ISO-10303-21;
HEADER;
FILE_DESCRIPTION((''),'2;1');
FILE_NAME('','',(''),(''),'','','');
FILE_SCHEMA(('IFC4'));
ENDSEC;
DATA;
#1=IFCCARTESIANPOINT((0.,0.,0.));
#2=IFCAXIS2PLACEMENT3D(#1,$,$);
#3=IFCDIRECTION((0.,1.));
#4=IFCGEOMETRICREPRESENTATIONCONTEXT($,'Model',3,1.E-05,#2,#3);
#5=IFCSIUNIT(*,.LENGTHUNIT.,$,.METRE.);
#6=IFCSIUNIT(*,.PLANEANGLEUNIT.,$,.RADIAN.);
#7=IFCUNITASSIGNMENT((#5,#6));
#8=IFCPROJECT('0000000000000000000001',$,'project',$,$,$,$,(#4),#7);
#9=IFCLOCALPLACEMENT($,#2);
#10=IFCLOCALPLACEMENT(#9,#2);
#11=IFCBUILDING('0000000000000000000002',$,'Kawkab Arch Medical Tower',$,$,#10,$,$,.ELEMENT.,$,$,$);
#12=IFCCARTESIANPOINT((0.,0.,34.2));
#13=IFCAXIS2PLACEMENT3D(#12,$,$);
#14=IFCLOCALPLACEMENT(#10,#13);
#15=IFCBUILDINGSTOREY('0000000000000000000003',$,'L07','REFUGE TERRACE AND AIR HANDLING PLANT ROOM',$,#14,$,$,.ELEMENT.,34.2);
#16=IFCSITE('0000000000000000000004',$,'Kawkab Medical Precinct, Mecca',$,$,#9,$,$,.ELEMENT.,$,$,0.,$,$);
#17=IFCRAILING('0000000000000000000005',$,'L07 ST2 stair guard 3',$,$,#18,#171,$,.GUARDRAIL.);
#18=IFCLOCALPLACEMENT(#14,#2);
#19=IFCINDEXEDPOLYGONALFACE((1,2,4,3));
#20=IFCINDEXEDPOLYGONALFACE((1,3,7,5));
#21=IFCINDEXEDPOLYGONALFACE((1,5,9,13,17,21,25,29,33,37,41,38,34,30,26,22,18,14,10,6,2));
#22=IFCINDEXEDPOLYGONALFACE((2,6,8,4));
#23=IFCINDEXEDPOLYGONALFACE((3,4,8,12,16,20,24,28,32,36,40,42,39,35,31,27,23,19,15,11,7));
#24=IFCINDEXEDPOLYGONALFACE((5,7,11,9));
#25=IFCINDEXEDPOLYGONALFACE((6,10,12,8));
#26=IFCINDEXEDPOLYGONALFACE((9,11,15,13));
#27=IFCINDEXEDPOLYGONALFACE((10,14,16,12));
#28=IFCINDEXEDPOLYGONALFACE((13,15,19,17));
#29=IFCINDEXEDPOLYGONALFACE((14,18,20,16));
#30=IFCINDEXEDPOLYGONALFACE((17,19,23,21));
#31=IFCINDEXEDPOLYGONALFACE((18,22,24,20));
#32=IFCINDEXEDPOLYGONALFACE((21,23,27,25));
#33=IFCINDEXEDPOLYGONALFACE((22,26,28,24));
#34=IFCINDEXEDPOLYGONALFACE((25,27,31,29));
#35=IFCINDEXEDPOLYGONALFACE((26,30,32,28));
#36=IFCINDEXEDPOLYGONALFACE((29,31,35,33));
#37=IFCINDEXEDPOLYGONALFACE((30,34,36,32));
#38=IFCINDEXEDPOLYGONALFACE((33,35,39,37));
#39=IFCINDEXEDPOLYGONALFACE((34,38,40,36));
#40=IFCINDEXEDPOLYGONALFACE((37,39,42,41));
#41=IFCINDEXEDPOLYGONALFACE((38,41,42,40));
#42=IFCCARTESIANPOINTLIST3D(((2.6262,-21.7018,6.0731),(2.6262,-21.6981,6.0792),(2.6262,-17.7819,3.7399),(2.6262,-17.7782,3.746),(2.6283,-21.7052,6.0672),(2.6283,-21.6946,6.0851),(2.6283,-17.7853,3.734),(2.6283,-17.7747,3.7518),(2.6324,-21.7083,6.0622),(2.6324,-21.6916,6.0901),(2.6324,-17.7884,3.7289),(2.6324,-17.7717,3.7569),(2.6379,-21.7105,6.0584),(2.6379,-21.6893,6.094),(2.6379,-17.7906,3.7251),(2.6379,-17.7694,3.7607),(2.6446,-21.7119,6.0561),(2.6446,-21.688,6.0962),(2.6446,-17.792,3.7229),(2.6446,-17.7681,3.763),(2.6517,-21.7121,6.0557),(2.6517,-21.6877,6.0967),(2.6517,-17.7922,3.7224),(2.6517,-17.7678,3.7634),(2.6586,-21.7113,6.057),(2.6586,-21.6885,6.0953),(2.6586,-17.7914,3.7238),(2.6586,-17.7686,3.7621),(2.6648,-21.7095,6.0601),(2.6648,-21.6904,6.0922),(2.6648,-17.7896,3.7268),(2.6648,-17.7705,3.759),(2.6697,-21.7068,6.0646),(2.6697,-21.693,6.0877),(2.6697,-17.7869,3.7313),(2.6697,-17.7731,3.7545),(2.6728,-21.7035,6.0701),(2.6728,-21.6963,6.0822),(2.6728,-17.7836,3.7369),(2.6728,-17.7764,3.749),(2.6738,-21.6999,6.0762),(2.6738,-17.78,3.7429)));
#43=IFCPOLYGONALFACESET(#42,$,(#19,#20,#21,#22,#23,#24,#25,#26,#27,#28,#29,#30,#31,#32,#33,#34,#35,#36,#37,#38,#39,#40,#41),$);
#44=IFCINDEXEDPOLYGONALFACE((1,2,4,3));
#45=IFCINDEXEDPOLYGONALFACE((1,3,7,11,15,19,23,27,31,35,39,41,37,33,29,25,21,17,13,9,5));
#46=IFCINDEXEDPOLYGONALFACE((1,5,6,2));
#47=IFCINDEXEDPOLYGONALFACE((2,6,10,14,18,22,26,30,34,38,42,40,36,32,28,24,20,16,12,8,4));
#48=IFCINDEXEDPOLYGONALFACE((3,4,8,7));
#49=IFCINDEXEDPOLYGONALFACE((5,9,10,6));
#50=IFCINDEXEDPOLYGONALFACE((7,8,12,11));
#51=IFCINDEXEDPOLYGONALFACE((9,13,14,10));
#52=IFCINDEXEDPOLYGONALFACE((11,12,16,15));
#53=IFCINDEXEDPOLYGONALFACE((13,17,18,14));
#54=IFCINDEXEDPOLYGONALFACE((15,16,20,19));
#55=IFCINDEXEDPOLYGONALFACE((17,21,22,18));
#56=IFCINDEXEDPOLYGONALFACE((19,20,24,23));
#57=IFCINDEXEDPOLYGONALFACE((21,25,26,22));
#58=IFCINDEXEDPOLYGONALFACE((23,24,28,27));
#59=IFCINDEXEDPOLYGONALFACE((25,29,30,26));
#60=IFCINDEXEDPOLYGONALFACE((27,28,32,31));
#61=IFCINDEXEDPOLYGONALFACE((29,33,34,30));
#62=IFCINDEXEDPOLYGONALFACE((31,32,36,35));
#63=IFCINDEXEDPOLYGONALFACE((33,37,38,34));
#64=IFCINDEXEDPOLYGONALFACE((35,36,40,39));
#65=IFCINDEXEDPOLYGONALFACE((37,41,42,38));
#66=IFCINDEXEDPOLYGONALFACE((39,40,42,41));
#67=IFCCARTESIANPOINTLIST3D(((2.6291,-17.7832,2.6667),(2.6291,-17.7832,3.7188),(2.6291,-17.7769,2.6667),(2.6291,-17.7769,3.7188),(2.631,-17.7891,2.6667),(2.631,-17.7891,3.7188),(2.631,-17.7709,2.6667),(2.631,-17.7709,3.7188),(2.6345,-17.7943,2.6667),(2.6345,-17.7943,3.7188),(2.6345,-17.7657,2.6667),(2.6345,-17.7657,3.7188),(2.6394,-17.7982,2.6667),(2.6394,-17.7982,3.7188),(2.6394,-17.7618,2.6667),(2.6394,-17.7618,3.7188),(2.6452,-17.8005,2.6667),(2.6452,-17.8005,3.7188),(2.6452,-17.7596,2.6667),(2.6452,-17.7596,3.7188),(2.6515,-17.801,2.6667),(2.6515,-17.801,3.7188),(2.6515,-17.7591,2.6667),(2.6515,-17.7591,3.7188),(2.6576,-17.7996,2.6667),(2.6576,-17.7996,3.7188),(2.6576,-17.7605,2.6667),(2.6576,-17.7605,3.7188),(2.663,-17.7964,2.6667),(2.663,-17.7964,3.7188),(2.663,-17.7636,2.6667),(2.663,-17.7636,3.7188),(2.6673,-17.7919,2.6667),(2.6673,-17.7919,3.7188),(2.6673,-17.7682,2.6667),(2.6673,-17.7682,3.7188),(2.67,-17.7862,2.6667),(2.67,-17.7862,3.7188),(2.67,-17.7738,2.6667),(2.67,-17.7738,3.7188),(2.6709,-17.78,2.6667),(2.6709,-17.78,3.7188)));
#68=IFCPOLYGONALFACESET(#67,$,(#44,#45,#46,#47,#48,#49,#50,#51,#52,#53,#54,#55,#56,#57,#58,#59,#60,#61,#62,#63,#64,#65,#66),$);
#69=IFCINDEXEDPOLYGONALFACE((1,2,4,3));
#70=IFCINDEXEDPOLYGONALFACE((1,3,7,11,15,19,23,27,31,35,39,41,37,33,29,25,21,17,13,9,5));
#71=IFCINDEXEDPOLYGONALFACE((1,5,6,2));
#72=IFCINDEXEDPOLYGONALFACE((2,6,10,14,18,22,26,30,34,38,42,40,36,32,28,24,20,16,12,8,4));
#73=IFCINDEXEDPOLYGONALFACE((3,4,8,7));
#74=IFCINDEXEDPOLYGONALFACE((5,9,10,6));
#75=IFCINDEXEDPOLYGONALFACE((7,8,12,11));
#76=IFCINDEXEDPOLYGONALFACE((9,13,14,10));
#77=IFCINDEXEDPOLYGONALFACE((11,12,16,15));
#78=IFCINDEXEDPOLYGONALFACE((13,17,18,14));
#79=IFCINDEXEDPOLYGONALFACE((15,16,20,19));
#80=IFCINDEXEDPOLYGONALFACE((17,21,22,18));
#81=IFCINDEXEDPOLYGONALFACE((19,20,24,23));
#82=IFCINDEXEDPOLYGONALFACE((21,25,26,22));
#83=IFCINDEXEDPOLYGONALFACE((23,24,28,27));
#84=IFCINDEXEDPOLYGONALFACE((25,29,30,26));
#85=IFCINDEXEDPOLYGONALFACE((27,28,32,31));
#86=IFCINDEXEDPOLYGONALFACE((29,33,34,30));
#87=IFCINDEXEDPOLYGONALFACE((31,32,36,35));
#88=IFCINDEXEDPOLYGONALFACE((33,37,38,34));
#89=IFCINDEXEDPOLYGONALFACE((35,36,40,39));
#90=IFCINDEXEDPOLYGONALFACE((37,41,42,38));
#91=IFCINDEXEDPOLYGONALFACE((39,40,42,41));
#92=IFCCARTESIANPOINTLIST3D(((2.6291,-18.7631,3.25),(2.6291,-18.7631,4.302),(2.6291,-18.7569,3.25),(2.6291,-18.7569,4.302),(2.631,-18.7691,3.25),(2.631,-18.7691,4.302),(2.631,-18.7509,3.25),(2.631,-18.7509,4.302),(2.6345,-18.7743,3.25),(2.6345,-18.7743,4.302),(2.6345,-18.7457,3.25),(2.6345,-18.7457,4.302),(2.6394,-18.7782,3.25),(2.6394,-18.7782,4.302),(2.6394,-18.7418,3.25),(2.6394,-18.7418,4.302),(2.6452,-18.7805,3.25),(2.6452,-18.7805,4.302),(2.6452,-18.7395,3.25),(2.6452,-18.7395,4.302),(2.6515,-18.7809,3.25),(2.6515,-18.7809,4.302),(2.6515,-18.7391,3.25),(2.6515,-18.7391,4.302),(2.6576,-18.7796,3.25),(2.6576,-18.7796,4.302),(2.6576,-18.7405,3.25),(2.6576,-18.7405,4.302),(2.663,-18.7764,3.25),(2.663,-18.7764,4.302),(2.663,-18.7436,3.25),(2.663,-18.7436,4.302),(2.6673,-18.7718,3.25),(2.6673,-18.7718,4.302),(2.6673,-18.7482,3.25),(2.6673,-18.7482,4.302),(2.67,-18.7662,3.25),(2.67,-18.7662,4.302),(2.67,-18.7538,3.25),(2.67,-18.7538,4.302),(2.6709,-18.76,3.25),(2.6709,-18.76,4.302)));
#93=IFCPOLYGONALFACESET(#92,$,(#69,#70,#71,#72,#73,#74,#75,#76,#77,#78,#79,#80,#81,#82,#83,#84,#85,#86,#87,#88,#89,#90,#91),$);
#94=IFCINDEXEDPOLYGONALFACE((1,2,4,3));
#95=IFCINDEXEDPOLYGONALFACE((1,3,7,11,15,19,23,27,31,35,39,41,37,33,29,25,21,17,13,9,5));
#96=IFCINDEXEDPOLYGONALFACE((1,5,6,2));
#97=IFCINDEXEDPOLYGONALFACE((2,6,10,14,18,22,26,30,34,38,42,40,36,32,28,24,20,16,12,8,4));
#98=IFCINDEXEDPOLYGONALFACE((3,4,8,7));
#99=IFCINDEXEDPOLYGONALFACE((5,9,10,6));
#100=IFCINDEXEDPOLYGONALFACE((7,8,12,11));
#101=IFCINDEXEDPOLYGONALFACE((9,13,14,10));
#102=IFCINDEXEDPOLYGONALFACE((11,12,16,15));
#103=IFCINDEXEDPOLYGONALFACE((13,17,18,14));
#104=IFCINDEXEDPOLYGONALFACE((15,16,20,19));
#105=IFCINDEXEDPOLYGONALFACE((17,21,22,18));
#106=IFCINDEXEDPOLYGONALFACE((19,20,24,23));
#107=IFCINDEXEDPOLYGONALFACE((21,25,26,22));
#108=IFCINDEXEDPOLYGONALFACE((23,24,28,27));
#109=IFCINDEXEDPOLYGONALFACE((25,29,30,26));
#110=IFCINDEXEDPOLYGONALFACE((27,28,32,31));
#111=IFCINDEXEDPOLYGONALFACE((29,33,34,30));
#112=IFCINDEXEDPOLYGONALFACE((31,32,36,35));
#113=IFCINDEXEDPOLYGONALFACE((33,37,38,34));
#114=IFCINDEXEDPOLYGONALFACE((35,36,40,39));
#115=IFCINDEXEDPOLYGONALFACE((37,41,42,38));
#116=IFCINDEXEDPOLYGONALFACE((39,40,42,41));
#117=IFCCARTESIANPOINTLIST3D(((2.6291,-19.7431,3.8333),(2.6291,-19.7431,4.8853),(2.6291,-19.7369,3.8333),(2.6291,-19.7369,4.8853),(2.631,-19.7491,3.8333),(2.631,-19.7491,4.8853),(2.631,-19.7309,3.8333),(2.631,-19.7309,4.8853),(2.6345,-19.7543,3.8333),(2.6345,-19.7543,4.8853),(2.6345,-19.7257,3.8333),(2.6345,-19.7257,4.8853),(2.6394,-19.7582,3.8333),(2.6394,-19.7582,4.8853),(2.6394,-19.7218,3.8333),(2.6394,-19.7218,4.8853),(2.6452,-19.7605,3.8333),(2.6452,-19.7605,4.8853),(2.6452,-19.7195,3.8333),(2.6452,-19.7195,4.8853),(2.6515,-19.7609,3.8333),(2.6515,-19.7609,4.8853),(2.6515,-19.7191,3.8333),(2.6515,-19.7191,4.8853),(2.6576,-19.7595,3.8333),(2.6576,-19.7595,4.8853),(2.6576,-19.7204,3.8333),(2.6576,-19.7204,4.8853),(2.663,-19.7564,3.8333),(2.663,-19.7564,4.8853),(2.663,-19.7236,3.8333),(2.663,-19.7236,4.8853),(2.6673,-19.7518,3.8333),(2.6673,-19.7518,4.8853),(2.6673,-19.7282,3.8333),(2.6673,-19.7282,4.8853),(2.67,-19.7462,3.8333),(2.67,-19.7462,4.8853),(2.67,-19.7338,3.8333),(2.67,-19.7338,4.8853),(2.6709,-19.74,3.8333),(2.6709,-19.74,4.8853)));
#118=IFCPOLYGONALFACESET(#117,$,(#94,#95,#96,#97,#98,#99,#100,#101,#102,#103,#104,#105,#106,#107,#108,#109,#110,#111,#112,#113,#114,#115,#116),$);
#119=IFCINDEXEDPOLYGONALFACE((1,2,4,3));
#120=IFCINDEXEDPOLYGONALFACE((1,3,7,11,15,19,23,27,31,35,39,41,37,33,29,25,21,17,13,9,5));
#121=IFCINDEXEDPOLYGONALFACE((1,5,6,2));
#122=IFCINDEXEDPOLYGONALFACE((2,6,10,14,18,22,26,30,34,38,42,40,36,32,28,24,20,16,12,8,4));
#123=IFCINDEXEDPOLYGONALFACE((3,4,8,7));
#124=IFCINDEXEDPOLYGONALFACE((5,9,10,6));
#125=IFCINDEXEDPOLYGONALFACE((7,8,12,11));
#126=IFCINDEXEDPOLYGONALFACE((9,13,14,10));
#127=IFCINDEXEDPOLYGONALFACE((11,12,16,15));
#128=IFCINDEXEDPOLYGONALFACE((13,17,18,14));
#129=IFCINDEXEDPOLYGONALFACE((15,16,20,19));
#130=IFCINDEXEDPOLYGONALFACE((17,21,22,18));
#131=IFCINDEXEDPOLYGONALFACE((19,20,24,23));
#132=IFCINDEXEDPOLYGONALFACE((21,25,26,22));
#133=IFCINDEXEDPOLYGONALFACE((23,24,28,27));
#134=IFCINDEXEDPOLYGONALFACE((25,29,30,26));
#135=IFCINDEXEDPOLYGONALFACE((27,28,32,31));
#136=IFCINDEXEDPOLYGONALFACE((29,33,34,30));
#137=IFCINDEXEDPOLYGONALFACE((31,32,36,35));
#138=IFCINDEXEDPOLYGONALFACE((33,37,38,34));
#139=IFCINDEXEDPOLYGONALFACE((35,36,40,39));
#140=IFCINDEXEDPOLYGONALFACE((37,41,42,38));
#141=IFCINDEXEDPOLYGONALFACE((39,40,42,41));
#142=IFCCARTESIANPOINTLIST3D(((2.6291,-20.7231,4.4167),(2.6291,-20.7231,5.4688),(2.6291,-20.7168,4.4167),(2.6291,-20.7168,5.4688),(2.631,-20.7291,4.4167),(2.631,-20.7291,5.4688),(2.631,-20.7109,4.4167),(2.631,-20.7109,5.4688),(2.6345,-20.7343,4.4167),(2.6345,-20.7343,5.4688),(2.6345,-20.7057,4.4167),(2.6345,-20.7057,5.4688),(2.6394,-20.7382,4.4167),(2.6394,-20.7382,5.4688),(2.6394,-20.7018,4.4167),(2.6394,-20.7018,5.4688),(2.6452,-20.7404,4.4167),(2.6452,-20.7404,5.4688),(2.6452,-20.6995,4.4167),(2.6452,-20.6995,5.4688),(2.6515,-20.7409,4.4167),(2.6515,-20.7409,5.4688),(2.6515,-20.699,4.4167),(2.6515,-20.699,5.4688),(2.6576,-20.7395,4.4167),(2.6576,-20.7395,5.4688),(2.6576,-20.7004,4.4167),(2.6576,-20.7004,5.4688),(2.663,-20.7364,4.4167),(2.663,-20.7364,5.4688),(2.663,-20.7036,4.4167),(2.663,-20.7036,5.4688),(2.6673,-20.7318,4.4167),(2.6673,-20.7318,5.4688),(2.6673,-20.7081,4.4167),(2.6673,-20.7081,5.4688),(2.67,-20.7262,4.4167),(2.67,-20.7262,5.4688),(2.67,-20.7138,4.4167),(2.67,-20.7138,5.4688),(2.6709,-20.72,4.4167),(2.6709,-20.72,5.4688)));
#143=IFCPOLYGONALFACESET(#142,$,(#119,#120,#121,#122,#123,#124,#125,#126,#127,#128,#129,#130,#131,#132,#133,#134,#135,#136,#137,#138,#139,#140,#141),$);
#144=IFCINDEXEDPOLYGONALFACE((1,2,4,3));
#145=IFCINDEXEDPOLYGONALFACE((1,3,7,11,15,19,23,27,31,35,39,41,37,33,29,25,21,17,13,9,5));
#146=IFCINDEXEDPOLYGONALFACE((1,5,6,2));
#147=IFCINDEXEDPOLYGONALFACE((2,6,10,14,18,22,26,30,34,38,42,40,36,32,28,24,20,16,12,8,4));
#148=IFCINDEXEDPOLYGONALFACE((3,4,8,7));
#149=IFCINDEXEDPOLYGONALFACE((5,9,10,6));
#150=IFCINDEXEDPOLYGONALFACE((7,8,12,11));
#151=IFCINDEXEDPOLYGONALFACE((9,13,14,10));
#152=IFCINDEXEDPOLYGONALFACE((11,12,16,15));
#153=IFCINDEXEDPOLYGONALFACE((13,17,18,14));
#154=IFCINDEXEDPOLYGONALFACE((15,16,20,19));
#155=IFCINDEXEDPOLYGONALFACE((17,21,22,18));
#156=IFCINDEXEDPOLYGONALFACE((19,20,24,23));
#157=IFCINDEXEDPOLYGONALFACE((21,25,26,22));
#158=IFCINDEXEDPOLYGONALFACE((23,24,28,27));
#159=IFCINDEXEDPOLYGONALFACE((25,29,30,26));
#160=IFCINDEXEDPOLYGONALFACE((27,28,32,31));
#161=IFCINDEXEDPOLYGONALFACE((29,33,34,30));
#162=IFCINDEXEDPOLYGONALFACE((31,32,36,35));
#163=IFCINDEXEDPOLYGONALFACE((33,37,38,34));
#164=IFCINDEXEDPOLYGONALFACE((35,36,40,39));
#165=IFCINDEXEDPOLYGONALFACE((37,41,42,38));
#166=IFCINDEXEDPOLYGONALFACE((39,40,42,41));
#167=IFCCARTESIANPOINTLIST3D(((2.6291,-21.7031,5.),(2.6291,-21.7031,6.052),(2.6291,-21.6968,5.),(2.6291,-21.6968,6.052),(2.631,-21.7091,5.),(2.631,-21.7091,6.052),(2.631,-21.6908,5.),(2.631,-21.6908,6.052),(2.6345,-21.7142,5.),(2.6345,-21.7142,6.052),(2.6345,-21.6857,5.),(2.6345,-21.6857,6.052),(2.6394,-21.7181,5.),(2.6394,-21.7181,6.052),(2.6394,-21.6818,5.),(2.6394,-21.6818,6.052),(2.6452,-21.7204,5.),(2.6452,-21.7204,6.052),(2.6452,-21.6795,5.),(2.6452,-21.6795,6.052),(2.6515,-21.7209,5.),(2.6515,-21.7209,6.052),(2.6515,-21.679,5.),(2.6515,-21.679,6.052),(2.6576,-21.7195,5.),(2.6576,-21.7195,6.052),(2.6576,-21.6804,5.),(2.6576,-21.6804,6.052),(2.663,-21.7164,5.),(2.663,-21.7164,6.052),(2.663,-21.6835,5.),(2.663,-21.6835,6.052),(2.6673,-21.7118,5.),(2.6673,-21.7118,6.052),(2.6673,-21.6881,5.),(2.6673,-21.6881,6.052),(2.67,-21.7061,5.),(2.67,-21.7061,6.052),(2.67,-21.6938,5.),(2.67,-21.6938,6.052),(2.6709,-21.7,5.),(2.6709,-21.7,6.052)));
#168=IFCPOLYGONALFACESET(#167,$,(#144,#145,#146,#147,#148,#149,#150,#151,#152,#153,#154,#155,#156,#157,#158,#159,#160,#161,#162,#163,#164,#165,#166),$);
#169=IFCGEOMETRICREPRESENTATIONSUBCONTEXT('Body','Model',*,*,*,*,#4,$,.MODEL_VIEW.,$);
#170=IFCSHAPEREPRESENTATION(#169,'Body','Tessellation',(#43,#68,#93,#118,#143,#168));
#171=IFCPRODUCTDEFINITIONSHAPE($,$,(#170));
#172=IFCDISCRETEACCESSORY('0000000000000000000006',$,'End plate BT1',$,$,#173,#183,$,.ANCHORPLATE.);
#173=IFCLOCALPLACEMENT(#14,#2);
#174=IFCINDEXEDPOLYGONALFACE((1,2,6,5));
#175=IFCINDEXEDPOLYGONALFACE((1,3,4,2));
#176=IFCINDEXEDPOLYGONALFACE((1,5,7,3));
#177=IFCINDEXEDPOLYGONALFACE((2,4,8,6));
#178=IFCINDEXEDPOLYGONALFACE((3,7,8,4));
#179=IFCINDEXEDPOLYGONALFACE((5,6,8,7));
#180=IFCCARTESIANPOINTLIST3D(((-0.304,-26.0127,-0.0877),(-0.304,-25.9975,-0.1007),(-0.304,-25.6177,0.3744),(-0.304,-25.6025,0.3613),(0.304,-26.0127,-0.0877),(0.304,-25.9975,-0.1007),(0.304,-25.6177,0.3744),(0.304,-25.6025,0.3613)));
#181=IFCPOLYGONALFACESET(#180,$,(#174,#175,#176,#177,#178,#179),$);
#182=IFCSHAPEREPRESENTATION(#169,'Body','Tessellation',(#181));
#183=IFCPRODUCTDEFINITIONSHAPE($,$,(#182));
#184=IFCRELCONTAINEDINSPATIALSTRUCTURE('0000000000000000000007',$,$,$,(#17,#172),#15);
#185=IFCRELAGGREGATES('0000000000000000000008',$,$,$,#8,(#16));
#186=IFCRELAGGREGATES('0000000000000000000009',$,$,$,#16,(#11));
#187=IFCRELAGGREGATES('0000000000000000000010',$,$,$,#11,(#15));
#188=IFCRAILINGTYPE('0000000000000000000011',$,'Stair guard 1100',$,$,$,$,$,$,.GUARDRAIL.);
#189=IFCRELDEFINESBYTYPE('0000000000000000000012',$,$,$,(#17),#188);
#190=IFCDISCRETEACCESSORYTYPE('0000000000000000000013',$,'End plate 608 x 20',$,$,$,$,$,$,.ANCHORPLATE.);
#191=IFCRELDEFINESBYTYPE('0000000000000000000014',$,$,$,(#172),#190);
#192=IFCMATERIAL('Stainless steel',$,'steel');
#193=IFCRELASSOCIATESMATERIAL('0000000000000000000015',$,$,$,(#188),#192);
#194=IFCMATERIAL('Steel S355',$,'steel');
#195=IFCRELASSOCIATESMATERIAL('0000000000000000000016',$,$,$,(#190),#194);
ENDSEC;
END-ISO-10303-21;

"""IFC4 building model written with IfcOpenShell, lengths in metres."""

from ifc_helpers import new_model, si_unit, direction, frame, origin, origin_2d, place, context, subcontext, project, spatial, rectangle, circle, extrude, material, material_profile, profile_set, type_object, element, save


model = new_model("IFC4")

# Units and contexts
model_context = context("Model", 3, precision=1e-05, world=origin(), true_north=direction((0.0, 1.0)))
body_context = subcontext(model_context, "Body", "Model", "MODEL_VIEW")
ifc_project = project(units=[si_unit("LENGTHUNIT", "METRE"), si_unit("PLANEANGLEUNIT", "RADIAN")], contexts=[model_context])

# Site, building, storey
site_placement = place(None, origin())
site = spatial("IfcSite", under=ifc_project, at=site_placement, Name="Kawkab Medical Precinct, Mecca", CompositionType="ELEMENT", RefElevation=0.0)
building_placement = place(site_placement, origin())
building = spatial("IfcBuilding", under=site, at=building_placement, Name="Kawkab Arch Medical Tower", CompositionType="ELEMENT")
storey_placement = place(building_placement, frame((0.0, 0.0, 34.2)))
storey = spatial("IfcBuildingStorey", under=building, at=storey_placement, Name="L07", Description="REFUGE TERRACE AND AIR HANDLING PLANT ROOM", CompositionType="ELEMENT", Elevation=34.2)

# Railing
ifc_material_1 = material(Name="Stainless steel", Category="steel")
railing_type = type_object("IfcRailingType", Name="Stair guard 1100", PredefinedType="GUARDRAIL", material=ifc_material_1)
railing_1_placement = place(storey_placement, frame((2.6499, -17.78, 2.6667)))
element("IfcRailing", 1, at=railing_1_placement, inside=storey, type_object=railing_type, Name="L07 ST2 stair guard 3", PredefinedType="GUARDRAIL", context=body_context, shape_type="SweptSolid", body=[
    extrude(circle(Radius=0.0239, at=origin_2d()), frame((0.0, 0.0, 1.0762), z_axis=(0.0, -0.859296, 0.511478), x_axis=(1.0, 0.0, 0.0)), (0.0, 0.0, 1.0), 4.5618),
    extrude(circle(Radius=0.021, at=origin_2d()), origin(), (0.0, 0.0, 1.0), 1.052),
    extrude(circle(Radius=0.021, at=origin_2d()), frame((0.0, -0.98, 0.5833)), (0.0, 0.0, 1.0), 1.052),
    extrude(circle(Radius=0.021, at=origin_2d()), frame((0.0, -1.96, 1.1665)), (0.0, 0.0, 1.0), 1.052),
    extrude(circle(Radius=0.021, at=origin_2d()), frame((0.0, -2.9399, 1.75)), (0.0, 0.0, 1.0), 1.052),
    extrude(circle(Radius=0.021, at=origin_2d()), frame((0.0, -3.9199, 2.3333)), (0.0, 0.0, 1.0), 1.052),
])

# Discrete accessory
ifc_material_2 = material(Name="Steel S355", Category="steel")
ifc_material_profile_1 = material_profile(ifc_material_2, rectangle(XDim=0.6079, YDim=0.6079, at=origin_2d()), Name="End plate 608 x 20")
ifc_profile_set_1 = profile_set([ifc_material_profile_1], Name="Steel S355")
discrete_accessory_type = type_object("IfcDiscreteAccessoryType", Name="End plate 608 x 20", PredefinedType="ANCHORPLATE", material=ifc_profile_set_1)
discrete_accessory_placement = place(storey_placement, frame((0.0, -25.8152, 0.1433), z_axis=(0.0, 0.760121, -0.649781), x_axis=(-1.0, 0.0, 0.0)))
element("IfcDiscreteAccessory", 2, at=discrete_accessory_placement, inside=storey, type_object=discrete_accessory_type, Name="End plate BT1", PredefinedType="ANCHORPLATE", context=body_context, shape_type="SweptSolid", body=[
    extrude(rectangle(XDim=0.6079, YDim=0.6079, at=origin_2d()), origin(), (0.0, 0.0, 1.0), 0.02),
])

save(model, "model.ifc")
